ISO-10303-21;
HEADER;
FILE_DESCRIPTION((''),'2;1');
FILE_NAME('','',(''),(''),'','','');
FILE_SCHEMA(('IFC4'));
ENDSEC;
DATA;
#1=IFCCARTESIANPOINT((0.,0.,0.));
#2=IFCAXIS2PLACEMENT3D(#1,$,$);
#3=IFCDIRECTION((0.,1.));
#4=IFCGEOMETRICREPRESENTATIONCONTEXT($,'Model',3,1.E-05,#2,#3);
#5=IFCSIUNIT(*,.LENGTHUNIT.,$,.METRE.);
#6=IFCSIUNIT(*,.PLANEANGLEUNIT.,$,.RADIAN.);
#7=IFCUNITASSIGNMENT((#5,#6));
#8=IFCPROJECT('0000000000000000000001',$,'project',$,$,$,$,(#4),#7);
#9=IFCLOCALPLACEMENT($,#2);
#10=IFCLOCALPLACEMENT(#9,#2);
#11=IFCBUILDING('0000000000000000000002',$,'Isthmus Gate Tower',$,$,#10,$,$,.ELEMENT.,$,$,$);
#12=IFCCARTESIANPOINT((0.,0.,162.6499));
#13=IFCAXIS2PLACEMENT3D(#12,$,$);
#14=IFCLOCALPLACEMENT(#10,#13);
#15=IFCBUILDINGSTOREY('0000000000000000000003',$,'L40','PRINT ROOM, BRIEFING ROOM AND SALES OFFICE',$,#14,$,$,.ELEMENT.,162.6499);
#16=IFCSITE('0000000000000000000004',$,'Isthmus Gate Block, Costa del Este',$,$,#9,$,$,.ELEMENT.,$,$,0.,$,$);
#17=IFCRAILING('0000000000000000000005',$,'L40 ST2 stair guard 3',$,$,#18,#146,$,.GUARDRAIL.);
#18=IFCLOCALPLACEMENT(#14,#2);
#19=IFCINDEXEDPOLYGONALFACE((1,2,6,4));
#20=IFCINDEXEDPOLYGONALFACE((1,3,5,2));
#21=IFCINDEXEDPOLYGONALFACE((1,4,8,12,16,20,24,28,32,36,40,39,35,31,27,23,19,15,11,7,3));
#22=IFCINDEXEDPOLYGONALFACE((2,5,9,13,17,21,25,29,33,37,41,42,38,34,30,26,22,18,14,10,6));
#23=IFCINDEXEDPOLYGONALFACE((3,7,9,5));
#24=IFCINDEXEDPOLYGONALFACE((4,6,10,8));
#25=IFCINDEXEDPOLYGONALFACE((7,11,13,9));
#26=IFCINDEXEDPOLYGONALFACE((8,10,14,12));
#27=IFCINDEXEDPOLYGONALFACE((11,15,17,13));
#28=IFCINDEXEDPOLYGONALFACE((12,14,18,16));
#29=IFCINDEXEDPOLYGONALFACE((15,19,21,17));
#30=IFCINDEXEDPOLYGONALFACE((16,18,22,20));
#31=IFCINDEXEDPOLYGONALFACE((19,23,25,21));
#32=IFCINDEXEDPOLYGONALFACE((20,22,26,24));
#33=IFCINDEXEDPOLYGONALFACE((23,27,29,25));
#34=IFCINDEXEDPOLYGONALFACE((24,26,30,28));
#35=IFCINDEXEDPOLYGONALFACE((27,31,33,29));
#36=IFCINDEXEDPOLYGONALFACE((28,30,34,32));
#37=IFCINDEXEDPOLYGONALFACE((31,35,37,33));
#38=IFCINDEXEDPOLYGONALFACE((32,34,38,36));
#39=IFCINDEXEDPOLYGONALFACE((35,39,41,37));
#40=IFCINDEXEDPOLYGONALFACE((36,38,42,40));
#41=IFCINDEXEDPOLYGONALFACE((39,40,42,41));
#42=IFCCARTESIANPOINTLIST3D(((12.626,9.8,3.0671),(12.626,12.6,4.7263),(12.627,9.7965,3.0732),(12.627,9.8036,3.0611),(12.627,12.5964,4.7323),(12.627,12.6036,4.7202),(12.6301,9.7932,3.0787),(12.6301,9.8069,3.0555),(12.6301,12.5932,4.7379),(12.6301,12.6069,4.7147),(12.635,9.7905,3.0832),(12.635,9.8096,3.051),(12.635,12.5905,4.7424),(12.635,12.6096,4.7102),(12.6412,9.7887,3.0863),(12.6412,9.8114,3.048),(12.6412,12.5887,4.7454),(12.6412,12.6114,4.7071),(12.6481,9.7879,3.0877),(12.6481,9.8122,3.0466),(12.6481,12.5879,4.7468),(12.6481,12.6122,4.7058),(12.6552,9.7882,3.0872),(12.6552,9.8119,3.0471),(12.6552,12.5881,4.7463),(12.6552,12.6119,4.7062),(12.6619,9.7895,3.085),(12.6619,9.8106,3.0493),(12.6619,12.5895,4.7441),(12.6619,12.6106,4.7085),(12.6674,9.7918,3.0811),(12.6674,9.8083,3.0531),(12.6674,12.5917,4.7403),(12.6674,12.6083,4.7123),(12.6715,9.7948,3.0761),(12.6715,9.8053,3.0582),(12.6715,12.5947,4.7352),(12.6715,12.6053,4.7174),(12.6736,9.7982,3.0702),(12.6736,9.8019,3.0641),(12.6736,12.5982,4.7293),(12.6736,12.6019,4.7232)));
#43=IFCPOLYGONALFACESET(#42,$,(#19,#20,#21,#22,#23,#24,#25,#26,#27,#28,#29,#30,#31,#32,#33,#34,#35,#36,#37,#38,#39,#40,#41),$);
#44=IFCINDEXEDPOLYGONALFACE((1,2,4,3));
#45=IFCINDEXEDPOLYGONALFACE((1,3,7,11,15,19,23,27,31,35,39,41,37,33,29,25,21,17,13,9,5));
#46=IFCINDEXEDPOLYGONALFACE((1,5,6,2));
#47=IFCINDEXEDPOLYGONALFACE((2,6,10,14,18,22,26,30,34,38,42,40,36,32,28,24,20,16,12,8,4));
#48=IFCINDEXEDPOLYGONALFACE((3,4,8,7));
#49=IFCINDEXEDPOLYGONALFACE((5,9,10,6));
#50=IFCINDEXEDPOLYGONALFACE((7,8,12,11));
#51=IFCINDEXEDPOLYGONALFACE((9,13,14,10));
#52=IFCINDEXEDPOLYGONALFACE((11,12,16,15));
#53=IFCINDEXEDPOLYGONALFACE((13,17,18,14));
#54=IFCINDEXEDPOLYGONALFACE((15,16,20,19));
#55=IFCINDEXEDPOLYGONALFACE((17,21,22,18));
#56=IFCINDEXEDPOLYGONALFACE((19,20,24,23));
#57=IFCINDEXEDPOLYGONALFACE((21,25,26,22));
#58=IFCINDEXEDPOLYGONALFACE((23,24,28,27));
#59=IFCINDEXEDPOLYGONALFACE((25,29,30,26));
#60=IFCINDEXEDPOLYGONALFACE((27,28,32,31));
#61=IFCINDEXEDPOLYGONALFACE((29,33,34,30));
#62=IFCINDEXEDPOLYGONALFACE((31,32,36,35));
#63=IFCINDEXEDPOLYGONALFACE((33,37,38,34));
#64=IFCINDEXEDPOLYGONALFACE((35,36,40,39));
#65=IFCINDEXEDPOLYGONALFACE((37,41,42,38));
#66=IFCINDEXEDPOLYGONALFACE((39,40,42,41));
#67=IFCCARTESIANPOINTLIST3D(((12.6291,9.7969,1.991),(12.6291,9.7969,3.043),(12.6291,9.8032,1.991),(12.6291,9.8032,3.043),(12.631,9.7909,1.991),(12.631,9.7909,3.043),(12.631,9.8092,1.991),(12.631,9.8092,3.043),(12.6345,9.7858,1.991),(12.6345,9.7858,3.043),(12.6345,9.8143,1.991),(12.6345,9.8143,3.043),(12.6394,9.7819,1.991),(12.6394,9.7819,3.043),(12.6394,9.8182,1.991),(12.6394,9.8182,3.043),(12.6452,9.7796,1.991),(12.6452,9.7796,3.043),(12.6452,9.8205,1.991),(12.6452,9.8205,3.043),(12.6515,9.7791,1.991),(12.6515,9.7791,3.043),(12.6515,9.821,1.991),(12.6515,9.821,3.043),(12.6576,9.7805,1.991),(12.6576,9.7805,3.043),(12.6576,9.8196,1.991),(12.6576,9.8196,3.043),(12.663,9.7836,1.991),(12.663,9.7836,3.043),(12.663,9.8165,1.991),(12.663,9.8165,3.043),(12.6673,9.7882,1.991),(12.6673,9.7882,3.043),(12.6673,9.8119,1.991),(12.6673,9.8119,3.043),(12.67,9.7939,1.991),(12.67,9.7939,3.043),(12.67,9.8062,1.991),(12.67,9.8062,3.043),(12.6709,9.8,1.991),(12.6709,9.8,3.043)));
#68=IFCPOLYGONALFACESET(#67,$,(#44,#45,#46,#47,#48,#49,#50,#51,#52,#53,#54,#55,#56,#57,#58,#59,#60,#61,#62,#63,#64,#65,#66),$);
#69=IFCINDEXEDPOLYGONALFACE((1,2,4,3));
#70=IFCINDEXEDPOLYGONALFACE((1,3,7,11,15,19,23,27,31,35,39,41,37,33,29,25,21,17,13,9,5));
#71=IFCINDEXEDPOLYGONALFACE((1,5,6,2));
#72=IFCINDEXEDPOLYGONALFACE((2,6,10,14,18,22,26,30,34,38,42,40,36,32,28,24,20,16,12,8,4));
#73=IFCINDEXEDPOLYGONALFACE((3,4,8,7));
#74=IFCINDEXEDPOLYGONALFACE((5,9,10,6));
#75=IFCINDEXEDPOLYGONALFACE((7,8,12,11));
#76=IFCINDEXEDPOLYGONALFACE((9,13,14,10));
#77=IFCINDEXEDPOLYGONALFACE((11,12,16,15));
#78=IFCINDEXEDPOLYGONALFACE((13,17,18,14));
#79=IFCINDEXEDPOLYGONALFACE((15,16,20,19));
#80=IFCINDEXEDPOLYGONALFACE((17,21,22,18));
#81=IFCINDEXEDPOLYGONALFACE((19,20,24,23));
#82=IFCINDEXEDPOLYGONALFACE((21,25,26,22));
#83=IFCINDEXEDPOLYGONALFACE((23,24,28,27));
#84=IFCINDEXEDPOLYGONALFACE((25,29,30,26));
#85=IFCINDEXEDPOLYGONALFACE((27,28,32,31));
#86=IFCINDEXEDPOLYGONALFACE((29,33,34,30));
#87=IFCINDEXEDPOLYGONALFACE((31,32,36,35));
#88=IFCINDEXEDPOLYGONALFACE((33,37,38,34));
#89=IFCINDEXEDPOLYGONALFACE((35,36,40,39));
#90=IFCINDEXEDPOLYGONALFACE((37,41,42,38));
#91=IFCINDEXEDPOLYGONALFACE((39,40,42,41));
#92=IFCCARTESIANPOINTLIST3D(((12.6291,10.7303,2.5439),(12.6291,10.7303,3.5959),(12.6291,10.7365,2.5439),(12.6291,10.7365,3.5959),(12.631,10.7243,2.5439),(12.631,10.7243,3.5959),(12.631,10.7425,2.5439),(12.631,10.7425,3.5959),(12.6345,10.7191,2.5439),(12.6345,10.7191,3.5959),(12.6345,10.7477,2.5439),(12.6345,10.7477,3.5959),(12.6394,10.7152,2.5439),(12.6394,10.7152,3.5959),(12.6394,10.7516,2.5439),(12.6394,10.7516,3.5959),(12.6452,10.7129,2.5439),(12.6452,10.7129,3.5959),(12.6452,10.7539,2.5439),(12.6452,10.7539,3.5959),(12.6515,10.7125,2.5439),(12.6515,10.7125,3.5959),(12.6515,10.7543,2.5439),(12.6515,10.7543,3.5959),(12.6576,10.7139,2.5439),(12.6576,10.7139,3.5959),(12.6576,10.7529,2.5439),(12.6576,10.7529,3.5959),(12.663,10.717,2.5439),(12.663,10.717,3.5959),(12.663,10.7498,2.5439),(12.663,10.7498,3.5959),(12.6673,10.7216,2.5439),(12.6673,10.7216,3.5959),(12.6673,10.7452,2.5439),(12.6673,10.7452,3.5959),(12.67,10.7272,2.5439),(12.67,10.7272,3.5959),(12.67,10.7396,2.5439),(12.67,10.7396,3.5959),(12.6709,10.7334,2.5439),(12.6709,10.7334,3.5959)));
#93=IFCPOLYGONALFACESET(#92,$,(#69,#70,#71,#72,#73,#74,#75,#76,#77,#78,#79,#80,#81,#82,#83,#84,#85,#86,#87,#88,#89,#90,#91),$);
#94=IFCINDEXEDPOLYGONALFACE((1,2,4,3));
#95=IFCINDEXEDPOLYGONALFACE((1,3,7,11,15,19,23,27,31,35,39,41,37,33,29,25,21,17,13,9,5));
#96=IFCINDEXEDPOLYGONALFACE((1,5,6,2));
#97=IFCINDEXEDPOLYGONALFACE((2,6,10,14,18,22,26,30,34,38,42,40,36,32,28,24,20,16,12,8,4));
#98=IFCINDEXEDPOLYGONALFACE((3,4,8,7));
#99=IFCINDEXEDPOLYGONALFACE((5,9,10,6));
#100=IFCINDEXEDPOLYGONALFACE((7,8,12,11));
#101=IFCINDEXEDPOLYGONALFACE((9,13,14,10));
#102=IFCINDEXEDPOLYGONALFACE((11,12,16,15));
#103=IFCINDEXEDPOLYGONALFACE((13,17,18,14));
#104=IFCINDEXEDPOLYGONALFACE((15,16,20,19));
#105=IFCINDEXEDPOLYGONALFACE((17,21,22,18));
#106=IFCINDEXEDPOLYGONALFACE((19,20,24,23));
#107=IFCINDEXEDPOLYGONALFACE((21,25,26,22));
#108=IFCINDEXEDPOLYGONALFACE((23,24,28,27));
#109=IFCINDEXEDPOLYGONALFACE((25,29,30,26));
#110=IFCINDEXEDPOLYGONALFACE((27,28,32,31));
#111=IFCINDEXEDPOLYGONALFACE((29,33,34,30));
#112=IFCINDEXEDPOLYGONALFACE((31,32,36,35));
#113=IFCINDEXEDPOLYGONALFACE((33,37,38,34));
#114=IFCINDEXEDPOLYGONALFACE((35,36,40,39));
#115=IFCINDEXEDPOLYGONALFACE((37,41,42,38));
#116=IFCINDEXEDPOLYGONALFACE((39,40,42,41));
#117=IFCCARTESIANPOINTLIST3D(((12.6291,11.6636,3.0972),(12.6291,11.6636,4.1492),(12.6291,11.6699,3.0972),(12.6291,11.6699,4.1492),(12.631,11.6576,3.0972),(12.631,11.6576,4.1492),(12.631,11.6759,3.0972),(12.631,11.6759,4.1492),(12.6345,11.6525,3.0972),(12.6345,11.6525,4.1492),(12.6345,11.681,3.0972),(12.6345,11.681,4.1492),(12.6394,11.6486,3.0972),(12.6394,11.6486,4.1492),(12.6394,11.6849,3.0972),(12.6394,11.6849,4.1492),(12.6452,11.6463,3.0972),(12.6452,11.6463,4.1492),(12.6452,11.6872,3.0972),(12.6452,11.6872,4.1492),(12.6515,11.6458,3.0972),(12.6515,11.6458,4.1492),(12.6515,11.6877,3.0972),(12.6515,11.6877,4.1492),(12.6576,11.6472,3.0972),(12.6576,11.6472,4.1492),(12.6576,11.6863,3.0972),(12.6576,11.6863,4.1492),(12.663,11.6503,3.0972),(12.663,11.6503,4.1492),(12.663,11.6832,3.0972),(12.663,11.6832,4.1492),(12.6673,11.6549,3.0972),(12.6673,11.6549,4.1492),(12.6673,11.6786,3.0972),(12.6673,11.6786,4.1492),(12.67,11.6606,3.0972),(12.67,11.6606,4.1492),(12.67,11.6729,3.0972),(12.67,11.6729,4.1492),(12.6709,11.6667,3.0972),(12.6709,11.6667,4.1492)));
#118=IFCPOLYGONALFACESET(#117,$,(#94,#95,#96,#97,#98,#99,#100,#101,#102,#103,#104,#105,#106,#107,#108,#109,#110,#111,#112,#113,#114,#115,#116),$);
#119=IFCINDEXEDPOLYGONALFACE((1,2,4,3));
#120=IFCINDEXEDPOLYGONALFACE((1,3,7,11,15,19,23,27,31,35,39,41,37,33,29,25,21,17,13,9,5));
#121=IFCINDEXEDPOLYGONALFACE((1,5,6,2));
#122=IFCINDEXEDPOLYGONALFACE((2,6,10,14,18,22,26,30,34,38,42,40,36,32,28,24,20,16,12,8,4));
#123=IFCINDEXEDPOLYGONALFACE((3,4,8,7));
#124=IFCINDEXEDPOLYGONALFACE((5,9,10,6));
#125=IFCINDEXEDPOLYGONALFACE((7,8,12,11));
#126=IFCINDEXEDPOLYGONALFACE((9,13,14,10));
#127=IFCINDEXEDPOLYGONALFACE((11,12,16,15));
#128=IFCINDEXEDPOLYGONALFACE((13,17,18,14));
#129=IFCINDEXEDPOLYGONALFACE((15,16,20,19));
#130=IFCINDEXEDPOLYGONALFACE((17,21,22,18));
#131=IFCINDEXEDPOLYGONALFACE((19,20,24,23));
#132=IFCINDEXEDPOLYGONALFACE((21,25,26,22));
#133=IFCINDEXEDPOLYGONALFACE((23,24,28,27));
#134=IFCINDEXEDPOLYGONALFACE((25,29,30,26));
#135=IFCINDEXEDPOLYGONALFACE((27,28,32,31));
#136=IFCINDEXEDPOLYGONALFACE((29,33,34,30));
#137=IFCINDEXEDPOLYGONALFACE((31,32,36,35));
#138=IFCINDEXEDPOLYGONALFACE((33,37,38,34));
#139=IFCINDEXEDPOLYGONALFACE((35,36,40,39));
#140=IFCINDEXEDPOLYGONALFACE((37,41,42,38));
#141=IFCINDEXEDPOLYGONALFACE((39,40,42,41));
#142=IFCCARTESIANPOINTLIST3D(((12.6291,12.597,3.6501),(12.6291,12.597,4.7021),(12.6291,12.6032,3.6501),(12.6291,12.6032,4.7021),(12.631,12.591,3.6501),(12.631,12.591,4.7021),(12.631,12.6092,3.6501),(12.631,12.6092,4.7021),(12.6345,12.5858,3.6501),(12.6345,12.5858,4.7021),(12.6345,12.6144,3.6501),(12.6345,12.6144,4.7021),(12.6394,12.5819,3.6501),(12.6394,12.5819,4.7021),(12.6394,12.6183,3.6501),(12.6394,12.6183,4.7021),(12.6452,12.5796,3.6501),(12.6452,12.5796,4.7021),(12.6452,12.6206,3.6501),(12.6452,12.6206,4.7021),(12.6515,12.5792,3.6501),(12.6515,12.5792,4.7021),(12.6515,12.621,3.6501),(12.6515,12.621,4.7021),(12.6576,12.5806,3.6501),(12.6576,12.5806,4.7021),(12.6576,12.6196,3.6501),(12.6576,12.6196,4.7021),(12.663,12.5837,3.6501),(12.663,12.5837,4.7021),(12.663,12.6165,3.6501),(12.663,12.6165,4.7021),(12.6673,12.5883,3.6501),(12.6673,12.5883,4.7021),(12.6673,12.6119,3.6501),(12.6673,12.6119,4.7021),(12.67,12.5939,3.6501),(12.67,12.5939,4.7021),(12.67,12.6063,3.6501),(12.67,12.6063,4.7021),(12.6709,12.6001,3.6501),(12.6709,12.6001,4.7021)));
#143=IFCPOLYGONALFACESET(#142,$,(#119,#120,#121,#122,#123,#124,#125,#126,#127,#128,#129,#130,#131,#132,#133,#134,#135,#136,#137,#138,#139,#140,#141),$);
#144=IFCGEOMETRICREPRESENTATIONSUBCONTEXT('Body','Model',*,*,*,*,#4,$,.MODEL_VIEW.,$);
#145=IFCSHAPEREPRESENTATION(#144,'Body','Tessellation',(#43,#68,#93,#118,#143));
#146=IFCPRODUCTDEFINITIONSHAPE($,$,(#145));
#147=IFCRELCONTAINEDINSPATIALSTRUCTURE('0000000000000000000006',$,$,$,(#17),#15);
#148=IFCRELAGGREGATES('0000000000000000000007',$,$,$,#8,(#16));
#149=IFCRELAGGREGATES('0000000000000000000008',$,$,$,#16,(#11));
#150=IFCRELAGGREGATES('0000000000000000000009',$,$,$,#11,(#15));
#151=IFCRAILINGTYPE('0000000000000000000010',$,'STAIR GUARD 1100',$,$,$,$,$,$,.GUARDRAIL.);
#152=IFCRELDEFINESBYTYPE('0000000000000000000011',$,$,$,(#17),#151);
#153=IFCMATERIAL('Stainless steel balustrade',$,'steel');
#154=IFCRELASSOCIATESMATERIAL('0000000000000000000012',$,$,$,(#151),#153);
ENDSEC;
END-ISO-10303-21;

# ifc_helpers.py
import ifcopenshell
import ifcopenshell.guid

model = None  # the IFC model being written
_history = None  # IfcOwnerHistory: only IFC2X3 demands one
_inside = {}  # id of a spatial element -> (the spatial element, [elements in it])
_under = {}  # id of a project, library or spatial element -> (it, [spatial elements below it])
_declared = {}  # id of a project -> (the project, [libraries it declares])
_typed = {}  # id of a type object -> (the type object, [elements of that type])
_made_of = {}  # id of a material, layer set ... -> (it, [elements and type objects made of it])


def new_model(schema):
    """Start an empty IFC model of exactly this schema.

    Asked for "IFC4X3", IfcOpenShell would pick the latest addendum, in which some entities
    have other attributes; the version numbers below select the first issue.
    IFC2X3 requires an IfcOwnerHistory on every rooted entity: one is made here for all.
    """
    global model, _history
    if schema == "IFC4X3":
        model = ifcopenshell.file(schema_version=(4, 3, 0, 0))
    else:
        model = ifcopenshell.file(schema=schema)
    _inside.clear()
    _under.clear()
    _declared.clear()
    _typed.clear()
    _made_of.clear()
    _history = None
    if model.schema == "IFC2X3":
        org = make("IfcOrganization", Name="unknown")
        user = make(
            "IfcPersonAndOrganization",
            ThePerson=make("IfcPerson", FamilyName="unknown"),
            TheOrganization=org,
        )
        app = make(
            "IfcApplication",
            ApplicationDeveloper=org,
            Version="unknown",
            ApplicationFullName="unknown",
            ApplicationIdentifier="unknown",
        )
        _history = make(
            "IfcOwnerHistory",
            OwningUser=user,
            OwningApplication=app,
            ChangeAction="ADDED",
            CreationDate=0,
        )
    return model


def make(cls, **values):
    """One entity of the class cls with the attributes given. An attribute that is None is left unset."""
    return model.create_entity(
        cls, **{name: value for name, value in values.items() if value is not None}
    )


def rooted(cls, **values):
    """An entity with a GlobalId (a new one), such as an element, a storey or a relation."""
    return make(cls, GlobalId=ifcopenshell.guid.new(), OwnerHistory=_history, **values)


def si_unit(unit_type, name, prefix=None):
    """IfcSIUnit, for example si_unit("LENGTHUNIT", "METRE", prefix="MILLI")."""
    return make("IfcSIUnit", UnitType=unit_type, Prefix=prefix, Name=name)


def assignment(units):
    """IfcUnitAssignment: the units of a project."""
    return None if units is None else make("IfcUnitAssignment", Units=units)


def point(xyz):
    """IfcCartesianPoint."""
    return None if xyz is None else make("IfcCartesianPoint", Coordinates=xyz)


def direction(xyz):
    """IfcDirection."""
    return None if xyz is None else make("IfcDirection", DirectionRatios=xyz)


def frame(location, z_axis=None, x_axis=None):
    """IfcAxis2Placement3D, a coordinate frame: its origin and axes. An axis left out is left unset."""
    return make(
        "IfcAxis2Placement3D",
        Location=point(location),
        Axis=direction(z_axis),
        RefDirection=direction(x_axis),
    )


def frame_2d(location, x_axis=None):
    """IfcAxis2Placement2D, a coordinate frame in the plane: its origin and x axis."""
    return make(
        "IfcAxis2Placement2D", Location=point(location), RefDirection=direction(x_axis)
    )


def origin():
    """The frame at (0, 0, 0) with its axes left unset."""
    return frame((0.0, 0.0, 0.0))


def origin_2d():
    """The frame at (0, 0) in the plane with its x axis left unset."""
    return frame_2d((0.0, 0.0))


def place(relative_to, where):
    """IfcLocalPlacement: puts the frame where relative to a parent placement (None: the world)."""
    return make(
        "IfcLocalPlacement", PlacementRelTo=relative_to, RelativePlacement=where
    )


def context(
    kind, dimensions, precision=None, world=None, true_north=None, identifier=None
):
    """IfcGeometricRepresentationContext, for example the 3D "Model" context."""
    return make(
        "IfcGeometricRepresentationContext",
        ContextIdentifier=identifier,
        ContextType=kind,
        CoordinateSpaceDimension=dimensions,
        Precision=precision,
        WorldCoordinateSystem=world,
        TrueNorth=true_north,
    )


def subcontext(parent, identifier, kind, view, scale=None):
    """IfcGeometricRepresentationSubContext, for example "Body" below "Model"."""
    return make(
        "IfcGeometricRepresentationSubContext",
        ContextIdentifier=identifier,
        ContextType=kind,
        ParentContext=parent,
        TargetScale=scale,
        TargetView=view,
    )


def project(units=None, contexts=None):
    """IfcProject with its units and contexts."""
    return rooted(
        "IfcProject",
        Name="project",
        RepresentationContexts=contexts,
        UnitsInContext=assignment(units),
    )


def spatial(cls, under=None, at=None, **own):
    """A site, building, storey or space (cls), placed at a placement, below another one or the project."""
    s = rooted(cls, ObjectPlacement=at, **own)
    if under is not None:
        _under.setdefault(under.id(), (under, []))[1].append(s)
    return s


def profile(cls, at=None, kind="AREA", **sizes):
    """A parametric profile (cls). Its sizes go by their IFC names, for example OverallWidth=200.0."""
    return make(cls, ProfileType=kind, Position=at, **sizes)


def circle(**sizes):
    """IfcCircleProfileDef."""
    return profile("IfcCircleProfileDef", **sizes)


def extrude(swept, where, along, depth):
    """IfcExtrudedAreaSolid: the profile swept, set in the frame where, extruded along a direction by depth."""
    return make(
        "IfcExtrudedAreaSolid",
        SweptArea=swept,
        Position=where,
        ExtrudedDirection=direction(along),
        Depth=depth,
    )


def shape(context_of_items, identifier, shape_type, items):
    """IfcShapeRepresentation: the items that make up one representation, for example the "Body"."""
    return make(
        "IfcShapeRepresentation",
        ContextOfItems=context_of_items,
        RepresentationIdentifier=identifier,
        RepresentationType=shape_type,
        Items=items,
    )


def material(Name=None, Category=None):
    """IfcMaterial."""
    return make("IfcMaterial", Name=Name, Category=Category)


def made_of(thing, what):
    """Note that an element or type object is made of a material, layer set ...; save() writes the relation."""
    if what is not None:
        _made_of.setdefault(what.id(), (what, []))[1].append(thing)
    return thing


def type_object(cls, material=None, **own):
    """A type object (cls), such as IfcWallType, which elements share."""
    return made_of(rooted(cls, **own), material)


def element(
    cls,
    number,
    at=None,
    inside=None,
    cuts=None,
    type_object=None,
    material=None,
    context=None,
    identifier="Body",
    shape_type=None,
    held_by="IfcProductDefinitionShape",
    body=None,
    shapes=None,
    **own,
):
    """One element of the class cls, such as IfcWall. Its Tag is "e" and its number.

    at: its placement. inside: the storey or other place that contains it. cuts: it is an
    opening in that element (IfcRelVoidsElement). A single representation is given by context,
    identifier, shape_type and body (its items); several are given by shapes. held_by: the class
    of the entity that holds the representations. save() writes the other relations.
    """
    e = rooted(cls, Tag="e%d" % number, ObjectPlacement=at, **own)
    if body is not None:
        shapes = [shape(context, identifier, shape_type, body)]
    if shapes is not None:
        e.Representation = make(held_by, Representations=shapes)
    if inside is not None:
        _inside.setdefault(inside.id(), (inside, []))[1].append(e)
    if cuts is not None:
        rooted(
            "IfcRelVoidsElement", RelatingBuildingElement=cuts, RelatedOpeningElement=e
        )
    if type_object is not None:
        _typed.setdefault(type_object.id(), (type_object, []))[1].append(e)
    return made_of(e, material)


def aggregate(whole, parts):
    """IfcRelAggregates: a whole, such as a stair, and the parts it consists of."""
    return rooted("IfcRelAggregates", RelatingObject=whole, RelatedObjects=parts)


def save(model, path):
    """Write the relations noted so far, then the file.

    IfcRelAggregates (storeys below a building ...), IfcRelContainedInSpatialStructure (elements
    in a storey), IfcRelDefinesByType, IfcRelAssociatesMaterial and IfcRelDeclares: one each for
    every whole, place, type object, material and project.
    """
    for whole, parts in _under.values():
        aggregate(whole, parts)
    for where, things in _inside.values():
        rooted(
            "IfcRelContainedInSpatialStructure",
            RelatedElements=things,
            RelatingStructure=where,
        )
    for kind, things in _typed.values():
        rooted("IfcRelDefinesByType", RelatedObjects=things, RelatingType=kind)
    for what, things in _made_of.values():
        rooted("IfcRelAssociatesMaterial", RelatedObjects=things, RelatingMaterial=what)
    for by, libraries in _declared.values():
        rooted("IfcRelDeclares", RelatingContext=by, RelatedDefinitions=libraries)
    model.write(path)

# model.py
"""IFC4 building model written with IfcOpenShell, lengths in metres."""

from ifc_helpers import new_model, si_unit, direction, frame, origin, origin_2d, place, context, subcontext, project, spatial, circle, extrude, material, type_object, element, save


model = new_model("IFC4")

# Units and contexts
model_context = context("Model", 3, precision=1e-05, world=origin(), true_north=direction((0.0, 1.0)))
body_context = subcontext(model_context, "Body", "Model", "MODEL_VIEW")
ifc_project = project(units=[si_unit("LENGTHUNIT", "METRE"), si_unit("PLANEANGLEUNIT", "RADIAN")], contexts=[model_context])

# Site, building, storey
site_placement = place(None, origin())
site = spatial("IfcSite", under=ifc_project, at=site_placement, Name="Isthmus Gate Block, Costa del Este", CompositionType="ELEMENT", RefElevation=0.0)
building_placement = place(site_placement, origin())
building = spatial("IfcBuilding", under=site, at=building_placement, Name="Isthmus Gate Tower", CompositionType="ELEMENT")
storey_placement = place(building_placement, frame((0.0, 0.0, 162.6499)))
storey = spatial("IfcBuildingStorey", under=building, at=storey_placement, Name="L40", Description="PRINT ROOM, BRIEFING ROOM AND SALES OFFICE", CompositionType="ELEMENT", Elevation=162.6499)

# Railing
ifc_material_1 = material(Name="Stainless steel balustrade", Category="steel")
railing_type_1 = type_object("IfcRailingType", Name="STAIR GUARD 1100", PredefinedType="GUARDRAIL", material=ifc_material_1)
railing_1_placement = place(storey_placement, frame((12.6499, 9.8, 1.991)))
element("IfcRailing", 1, at=railing_1_placement, inside=storey, type_object=railing_type_1, Name="L40 ST2 stair guard 3", PredefinedType="GUARDRAIL", context=body_context, shape_type="SweptSolid", body=[
    extrude(circle(Radius=0.0239, at=origin_2d()), frame((0.0, 0.0, 1.0762), z_axis=(0.0, 0.860306, 0.509778), x_axis=(-1.0, 0.0, 0.0)), (0.0, 0.0, 1.0), 3.2546),
    extrude(circle(Radius=0.021, at=origin_2d()), origin(), (0.0, 0.0, 1.0), 1.052),
    extrude(circle(Radius=0.021, at=origin_2d()), frame((0.0, 0.9333, 0.553)), (0.0, 0.0, 1.0), 1.052),
    extrude(circle(Radius=0.021, at=origin_2d()), frame((0.0, 1.8667, 1.1062)), (0.0, 0.0, 1.0), 1.052),
    extrude(circle(Radius=0.021, at=origin_2d()), frame((0.0, 2.8, 1.6592)), (0.0, 0.0, 1.0), 1.052),
])

save(model, "model.ifc")
